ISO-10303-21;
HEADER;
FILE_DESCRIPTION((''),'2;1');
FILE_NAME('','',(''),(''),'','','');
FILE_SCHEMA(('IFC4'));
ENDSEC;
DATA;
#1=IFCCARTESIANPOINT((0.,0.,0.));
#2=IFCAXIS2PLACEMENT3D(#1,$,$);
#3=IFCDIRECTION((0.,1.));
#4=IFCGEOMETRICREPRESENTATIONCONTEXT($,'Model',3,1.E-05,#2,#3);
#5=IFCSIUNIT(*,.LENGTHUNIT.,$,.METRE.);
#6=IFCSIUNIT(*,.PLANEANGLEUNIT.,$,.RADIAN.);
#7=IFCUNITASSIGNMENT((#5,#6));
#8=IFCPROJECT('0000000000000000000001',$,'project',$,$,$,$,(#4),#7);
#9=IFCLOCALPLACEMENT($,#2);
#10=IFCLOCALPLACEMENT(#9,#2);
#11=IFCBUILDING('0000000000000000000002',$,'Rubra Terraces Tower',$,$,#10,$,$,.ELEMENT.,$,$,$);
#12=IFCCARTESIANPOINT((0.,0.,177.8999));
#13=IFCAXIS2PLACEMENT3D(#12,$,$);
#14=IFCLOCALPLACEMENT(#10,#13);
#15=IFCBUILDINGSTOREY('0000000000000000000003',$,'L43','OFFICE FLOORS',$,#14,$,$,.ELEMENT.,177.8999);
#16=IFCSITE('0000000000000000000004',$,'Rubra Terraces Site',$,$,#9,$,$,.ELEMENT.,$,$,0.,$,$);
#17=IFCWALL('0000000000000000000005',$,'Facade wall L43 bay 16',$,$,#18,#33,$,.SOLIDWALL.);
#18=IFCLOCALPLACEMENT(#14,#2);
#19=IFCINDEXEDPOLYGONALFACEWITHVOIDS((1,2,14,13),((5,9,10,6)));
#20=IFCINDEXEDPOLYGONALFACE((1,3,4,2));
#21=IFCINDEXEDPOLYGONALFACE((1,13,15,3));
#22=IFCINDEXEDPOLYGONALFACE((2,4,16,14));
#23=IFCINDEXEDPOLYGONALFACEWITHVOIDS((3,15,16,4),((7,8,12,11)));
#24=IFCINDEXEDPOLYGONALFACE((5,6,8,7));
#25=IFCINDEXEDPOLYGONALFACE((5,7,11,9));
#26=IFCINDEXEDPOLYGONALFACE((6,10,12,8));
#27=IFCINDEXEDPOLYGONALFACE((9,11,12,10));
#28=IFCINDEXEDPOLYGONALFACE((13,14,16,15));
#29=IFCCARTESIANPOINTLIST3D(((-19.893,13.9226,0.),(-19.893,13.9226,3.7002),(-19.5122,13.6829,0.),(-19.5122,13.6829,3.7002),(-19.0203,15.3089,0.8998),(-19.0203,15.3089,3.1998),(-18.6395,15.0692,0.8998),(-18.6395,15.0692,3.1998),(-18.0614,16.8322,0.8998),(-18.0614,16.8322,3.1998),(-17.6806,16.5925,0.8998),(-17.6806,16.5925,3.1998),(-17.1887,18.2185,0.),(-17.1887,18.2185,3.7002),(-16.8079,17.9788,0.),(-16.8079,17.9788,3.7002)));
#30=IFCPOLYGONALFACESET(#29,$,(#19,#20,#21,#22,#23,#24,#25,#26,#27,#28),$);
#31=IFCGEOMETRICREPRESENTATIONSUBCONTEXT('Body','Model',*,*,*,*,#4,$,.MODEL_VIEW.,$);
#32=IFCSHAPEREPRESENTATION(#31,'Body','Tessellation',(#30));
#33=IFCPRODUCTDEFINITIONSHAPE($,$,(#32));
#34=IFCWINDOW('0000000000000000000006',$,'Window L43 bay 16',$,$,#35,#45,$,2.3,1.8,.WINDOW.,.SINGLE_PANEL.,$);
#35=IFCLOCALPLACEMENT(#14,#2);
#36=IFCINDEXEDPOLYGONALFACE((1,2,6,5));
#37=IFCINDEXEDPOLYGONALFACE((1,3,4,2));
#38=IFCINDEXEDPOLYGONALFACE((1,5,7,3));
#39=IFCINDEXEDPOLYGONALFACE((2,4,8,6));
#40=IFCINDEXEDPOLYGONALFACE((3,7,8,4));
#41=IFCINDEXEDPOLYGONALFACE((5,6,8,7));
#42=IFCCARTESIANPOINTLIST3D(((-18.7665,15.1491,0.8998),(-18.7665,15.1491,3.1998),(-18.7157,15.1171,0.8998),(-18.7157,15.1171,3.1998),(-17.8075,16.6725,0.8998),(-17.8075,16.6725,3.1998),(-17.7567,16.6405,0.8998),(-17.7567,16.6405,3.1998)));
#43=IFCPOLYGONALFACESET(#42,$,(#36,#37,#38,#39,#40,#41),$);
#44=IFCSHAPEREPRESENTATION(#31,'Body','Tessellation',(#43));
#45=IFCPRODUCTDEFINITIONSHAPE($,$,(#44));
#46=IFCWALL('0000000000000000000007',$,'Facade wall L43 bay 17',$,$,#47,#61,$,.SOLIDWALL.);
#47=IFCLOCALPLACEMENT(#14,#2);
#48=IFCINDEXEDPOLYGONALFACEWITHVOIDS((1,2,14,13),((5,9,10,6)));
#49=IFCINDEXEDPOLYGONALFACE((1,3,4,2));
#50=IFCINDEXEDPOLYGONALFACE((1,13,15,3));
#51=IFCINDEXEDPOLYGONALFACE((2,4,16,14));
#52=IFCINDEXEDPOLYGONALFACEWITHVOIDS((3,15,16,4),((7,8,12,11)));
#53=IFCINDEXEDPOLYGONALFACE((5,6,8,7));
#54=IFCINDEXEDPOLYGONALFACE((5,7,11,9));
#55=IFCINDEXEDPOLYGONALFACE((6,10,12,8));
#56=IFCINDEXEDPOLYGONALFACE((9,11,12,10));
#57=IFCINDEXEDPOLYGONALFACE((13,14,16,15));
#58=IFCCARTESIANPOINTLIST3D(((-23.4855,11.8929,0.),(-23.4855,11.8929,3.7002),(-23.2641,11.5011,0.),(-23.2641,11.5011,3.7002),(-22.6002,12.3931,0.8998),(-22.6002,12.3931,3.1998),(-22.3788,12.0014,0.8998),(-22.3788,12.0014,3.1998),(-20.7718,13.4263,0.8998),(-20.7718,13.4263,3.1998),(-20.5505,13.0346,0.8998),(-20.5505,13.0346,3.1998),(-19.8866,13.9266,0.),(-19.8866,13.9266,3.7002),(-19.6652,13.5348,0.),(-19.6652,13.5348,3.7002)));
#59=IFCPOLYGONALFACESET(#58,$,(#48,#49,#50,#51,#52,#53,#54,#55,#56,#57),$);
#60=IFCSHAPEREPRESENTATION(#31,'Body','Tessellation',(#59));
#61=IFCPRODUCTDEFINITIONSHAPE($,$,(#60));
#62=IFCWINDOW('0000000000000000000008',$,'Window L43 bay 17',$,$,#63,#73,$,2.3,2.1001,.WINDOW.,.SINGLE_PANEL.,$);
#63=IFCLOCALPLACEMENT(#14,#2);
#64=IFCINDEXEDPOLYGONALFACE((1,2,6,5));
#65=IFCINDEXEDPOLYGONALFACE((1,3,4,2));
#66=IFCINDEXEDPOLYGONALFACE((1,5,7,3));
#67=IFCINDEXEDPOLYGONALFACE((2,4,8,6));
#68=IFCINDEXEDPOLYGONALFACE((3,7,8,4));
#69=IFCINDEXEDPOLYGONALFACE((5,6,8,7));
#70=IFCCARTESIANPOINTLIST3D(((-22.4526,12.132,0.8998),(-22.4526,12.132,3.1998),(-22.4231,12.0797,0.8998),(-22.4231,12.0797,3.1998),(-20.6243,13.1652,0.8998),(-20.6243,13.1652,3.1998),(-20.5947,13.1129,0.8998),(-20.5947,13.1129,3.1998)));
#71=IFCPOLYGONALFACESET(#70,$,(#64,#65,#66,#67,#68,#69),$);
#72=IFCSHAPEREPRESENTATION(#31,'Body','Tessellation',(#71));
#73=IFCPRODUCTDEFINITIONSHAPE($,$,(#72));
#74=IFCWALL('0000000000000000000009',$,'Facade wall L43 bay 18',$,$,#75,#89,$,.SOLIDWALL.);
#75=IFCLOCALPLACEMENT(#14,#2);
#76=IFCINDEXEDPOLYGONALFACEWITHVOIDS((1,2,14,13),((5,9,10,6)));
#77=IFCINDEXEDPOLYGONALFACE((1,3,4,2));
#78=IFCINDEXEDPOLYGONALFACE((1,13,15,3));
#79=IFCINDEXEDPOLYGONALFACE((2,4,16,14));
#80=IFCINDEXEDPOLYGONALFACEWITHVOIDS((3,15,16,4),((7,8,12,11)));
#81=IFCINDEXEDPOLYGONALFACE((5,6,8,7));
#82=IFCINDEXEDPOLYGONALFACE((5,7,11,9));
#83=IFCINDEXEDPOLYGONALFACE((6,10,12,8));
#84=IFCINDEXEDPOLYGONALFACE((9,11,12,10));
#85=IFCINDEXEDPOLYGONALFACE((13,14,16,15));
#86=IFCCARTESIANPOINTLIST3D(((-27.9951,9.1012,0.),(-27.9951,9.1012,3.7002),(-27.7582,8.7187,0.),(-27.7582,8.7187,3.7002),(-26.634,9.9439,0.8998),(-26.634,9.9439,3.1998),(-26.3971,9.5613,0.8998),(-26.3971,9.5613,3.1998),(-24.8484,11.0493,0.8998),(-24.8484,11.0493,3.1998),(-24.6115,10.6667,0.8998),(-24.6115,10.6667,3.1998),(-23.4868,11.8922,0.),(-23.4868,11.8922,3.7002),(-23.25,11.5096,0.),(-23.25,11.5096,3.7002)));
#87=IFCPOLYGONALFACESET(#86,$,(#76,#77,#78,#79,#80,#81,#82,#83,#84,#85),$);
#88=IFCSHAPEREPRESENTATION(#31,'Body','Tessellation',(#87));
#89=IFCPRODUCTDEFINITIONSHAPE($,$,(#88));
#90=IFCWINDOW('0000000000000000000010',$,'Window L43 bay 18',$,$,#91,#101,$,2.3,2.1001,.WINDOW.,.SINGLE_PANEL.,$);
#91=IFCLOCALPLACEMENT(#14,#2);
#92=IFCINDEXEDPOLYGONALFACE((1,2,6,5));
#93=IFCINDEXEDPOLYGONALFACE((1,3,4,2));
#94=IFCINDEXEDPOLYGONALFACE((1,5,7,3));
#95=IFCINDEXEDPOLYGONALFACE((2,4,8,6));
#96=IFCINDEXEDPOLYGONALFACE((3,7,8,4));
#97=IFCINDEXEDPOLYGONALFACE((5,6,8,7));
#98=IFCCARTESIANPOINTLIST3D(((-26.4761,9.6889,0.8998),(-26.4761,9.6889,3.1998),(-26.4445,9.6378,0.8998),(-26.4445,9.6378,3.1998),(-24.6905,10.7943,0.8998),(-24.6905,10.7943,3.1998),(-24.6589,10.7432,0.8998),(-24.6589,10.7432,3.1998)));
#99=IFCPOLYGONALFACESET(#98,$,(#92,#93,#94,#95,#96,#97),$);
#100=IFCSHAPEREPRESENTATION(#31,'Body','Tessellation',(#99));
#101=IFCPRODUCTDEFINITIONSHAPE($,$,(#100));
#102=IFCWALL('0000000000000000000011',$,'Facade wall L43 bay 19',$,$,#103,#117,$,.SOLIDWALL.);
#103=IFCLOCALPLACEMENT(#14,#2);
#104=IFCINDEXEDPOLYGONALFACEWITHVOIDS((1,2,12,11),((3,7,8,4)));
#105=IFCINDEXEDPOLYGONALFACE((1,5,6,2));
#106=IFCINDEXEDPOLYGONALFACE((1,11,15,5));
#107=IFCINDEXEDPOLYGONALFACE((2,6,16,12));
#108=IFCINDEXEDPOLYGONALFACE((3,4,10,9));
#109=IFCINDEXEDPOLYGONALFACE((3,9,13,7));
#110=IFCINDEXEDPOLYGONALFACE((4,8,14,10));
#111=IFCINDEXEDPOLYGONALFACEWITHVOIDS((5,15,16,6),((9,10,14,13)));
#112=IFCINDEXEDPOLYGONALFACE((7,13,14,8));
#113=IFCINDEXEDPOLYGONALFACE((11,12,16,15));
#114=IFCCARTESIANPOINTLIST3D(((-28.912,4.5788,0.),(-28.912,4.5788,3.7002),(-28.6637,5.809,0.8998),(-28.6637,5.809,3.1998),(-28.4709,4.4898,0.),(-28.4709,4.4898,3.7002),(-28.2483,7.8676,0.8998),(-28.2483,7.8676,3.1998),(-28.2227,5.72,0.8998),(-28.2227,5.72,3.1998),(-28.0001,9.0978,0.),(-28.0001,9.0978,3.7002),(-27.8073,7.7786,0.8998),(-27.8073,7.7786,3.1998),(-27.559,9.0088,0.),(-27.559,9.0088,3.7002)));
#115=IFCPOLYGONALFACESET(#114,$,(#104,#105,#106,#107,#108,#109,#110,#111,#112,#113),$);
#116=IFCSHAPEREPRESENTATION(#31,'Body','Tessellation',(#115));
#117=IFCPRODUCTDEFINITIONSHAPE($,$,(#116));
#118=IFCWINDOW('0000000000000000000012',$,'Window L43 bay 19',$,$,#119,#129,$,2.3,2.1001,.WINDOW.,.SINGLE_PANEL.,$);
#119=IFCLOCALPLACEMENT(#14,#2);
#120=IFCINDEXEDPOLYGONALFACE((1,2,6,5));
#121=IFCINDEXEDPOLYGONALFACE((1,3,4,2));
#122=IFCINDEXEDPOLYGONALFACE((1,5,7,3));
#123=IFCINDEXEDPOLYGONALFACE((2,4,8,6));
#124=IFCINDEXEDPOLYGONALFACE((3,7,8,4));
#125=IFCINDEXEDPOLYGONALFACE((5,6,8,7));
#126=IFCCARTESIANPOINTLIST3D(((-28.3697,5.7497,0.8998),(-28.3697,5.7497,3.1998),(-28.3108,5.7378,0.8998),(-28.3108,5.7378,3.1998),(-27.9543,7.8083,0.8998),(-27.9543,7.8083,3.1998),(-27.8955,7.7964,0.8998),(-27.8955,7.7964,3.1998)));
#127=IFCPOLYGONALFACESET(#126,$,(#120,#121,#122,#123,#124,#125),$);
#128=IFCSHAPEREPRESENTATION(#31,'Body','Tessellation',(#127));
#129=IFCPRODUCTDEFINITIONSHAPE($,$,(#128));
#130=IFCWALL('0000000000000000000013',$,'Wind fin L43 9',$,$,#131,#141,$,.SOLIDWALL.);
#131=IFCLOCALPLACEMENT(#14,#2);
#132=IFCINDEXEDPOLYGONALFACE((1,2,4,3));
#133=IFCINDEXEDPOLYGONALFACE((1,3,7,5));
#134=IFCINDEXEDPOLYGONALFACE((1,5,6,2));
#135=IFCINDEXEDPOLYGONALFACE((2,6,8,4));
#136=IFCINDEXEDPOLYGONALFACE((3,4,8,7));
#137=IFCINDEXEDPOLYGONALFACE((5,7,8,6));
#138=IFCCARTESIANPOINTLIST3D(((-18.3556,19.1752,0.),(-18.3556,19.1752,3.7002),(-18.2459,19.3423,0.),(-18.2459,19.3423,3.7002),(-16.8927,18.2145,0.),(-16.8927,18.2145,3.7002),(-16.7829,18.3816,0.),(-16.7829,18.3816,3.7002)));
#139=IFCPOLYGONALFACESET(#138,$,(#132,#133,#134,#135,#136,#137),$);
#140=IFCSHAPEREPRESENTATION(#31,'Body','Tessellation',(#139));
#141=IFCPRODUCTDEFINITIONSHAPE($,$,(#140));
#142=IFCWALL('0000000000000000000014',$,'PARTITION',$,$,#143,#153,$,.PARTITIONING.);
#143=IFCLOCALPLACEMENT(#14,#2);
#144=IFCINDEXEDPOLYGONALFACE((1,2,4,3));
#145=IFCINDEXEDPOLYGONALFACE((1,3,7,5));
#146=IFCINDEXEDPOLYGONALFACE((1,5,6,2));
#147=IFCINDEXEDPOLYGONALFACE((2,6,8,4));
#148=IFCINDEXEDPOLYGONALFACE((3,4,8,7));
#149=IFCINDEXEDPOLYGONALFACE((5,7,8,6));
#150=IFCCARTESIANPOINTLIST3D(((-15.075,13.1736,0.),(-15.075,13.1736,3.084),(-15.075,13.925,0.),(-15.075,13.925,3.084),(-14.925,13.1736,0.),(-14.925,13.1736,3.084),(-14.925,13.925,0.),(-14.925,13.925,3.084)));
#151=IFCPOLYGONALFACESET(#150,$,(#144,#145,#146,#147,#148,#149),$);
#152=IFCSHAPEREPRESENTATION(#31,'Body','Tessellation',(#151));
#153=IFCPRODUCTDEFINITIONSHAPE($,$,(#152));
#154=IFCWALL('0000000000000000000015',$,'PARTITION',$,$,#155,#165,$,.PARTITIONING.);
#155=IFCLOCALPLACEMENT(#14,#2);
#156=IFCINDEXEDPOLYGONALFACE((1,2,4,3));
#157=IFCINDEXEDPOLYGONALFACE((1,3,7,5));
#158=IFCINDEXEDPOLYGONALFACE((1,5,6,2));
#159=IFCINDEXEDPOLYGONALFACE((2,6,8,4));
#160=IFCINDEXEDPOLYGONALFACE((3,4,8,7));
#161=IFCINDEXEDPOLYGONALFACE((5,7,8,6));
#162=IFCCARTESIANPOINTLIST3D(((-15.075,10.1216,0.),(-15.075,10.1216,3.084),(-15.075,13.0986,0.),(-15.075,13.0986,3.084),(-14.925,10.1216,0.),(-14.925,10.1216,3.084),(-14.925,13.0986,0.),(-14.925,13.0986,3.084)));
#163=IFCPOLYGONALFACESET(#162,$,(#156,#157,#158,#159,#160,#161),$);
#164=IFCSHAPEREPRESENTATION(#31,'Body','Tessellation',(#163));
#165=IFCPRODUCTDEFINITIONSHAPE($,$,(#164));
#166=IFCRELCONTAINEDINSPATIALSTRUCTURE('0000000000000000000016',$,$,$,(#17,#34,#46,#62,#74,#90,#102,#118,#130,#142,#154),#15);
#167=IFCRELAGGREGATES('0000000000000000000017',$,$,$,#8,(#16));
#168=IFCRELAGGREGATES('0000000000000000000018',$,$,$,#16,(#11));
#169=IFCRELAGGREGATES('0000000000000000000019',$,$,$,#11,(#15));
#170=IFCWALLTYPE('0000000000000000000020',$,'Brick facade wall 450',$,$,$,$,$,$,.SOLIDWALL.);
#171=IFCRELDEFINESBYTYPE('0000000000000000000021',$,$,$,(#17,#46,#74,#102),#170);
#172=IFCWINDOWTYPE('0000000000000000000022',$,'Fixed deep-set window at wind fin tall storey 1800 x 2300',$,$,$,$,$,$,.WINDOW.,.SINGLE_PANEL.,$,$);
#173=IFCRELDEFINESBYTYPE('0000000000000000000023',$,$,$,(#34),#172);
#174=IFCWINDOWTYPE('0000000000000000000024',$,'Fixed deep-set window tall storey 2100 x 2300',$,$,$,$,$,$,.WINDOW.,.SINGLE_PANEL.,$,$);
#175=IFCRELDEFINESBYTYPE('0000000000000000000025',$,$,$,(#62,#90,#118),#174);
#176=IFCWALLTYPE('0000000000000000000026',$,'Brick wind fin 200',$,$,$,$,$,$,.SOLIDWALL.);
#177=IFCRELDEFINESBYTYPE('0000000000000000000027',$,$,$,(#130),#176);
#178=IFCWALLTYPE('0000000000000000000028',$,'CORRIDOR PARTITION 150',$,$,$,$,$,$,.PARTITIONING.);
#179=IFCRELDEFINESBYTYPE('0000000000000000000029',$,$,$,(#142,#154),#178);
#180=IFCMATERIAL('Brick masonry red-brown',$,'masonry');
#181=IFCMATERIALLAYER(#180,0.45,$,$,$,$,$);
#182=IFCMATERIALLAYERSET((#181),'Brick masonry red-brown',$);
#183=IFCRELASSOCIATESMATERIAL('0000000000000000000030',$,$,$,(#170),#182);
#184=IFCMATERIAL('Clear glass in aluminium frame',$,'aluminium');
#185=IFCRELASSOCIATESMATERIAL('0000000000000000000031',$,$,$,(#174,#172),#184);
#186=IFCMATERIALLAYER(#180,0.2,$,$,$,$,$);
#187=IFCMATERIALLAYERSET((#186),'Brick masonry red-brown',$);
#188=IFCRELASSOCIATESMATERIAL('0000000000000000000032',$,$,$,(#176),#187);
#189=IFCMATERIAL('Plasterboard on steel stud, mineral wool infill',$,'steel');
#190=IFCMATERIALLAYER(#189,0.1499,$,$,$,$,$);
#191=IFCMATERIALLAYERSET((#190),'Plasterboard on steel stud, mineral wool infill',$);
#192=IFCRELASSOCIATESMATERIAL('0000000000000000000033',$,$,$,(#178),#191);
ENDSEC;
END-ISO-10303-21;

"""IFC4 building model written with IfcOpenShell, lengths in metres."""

from ifc_helpers import new_model, si_unit, direction, frame, frame_2d, origin, place, context, subcontext, project, spatial, rectangle, extrude, material, layer, layer_set, type_object, element, fill, save


model = new_model("IFC4")

# Units and contexts
model_context = context("Model", 3, precision=1e-05, world=origin(), true_north=direction((0.0, 1.0)))
body_context = subcontext(model_context, "Body", "Model", "MODEL_VIEW")
ifc_project = project(units=[si_unit("LENGTHUNIT", "METRE"), si_unit("PLANEANGLEUNIT", "RADIAN")], contexts=[model_context])

# Site, building, storey
site_placement = place(None, origin())
site = spatial("IfcSite", under=ifc_project, at=site_placement, Name="Rubra Terraces Site", CompositionType="ELEMENT", RefElevation=0.0)
building_placement = place(site_placement, origin())
building = spatial("IfcBuilding", under=site, at=building_placement, Name="Rubra Terraces Tower", CompositionType="ELEMENT")
storey_placement = place(building_placement, frame((0.0, 0.0, 177.8999)))
storey = spatial("IfcBuildingStorey", under=building, at=storey_placement, Name="L43", Description="OFFICE FLOORS", CompositionType="ELEMENT", Elevation=177.8999)

# Walls, openings, windows
ifc_material_1 = material(Name="Brick masonry red-brown", Category="masonry")
ifc_layer_1 = layer(ifc_material_1, 0.45)
ifc_layer_set_1 = layer_set([ifc_layer_1], Name="Brick masonry red-brown")
wall_type_1 = type_object("IfcWallType", Name="Brick facade wall 450", PredefinedType="SOLIDWALL", material=ifc_layer_set_1)
ifc_material_2 = material(Name="Clear glass in aluminium frame", Category="aluminium")
window_type_1 = type_object("IfcWindowType", Name="Fixed deep-set window tall storey 2100 x 2300", PartitioningType="SINGLE_PANEL", PredefinedType="WINDOW", material=ifc_material_2)
wall_1_placement = place(storey_placement, frame((-16.9983, 18.0986, 0.0), z_axis=(0.0, 0.0, 1.0), x_axis=(-0.532746, -0.846275, 0.0)))
wall_1 = element("IfcWall", 1, at=wall_1_placement, inside=storey, type_object=wall_type_1, Name="Facade wall L43 bay 16", PredefinedType="SOLIDWALL", context=body_context, shape_type="SweptSolid", body=[
    extrude(rectangle(XDim=5.0762, YDim=0.45, at=frame_2d((2.5381, 0.0))), origin(), (0.0, 0.0, 1.0), 3.7002),
])
opening_1_placement = place(wall_1_placement, frame((1.6382, 0.0, 0.8999)))
opening_1 = element("IfcOpeningElement", 2, at=opening_1_placement, cuts=wall_1, PredefinedType="OPENING", context=body_context, shape_type="SweptSolid", body=[
    extrude(rectangle(XDim=1.8, YDim=2.3, at=frame_2d((0.8999, 1.1499))), frame((0.0, 0.2349, 0.0), z_axis=(0.0, -1.0, 0.0), x_axis=(1.0, 0.0, 0.0)), (0.0, 0.0, 1.0), 0.47),
])
window_type_2 = type_object("IfcWindowType", Name="Fixed deep-set window at wind fin tall storey 1800 x 2300", PartitioningType="SINGLE_PANEL", PredefinedType="WINDOW", material=ifc_material_2)
window_1_placement = place(opening_1_placement, origin())
window_1 = element("IfcWindow", 3, at=window_1_placement, inside=storey, type_object=window_type_2, Name="Window L43 bay 16", OverallHeight=2.3, OverallWidth=1.8, PartitioningType="SINGLE_PANEL", PredefinedType="WINDOW", context=body_context, shape_type="SweptSolid", body=[
    extrude(rectangle(XDim=1.8, YDim=2.3, at=frame_2d((0.8999, 1.1499))), frame((0.0, 0.135, 0.0), z_axis=(0.0, -1.0, 0.0), x_axis=(1.0, 0.0, 0.0)), (0.0, 0.0, 1.0), 0.0601),
])
fill(opening_1, window_1)
wall_2_placement = place(storey_placement, frame((-19.7759, 13.7307, 0.0), z_axis=(0.0, 0.0, 1.0), x_axis=(-0.87061, -0.491974, 0.0)))
wall_2 = element("IfcWall", 4, at=wall_2_placement, inside=storey, type_object=wall_type_1, Name="Facade wall L43 bay 17", PredefinedType="SOLIDWALL", context=body_context, shape_type="SweptSolid", body=[
    extrude(rectangle(XDim=4.1338, YDim=0.45, at=frame_2d((2.0669, 0.0))), origin(), (0.0, 0.0, 1.0), 3.7002),
])
opening_2_placement = place(wall_2_placement, frame((1.0168, 0.0, 0.8999)))
opening_2 = element("IfcOpeningElement", 5, at=opening_2_placement, cuts=wall_2, PredefinedType="OPENING", context=body_context, shape_type="SweptSolid", body=[
    extrude(rectangle(XDim=2.1001, YDim=2.3, at=frame_2d((1.05, 1.1499))), frame((0.0, 0.2349, 0.0), z_axis=(0.0, -1.0, 0.0), x_axis=(1.0, 0.0, 0.0)), (0.0, 0.0, 1.0), 0.47),
])
window_2_placement = place(opening_2_placement, origin())
window_2 = element("IfcWindow", 6, at=window_2_placement, inside=storey, type_object=window_type_1, Name="Window L43 bay 17", OverallHeight=2.3, OverallWidth=2.1001, PartitioningType="SINGLE_PANEL", PredefinedType="WINDOW", context=body_context, shape_type="SweptSolid", body=[
    extrude(rectangle(XDim=2.1001, YDim=2.3, at=frame_2d((1.05, 1.1499))), frame((0.0, 0.135, 0.0), z_axis=(0.0, -1.0, 0.0), x_axis=(1.0, 0.0, 0.0)), (0.0, 0.0, 1.0), 0.0601),
])
fill(opening_2, window_2)
wall_3_placement = place(storey_placement, frame((-23.3684, 11.7009, 0.0), z_axis=(0.0, 0.0, 1.0), x_axis=(-0.850251, -0.526377, 0.0)))
wall_3 = element("IfcWall", 7, at=wall_3_placement, inside=storey, type_object=wall_type_1, Name="Facade wall L43 bay 18", PredefinedType="SOLIDWALL", context=body_context, shape_type="SweptSolid", body=[
    extrude(rectangle(XDim=5.3022, YDim=0.45, at=frame_2d((2.6511, 0.0))), origin(), (0.0, 0.0, 1.0), 3.7002),
])
opening_3_placement = place(wall_3_placement, frame((1.6013, 0.0, 0.8999)))
opening_3 = element("IfcOpeningElement", 8, at=opening_3_placement, cuts=wall_3, PredefinedType="OPENING", context=body_context, shape_type="SweptSolid", body=[
    extrude(rectangle(XDim=2.1001, YDim=2.3, at=frame_2d((1.05, 1.1499))), frame((0.0, 0.2349, 0.0), z_axis=(0.0, -1.0, 0.0), x_axis=(1.0, 0.0, 0.0)), (0.0, 0.0, 1.0), 0.47),
])
window_3_placement = place(opening_3_placement, origin())
window_3 = element("IfcWindow", 9, at=window_3_placement, inside=storey, type_object=window_type_1, Name="Window L43 bay 18", OverallHeight=2.3, OverallWidth=2.1001, PartitioningType="SINGLE_PANEL", PredefinedType="WINDOW", context=body_context, shape_type="SweptSolid", body=[
    extrude(rectangle(XDim=2.1001, YDim=2.3, at=frame_2d((1.05, 1.1499))), frame((0.0, 0.135, 0.0), z_axis=(0.0, -1.0, 0.0), x_axis=(1.0, 0.0, 0.0)), (0.0, 0.0, 1.0), 0.0601),
])
fill(opening_3, window_3)
wall_4_placement = place(storey_placement, frame((-27.7795, 9.0535, 0.0), z_axis=(0.0, 0.0, 1.0), x_axis=(-0.197796, -0.980243, 0.0)))
wall_4 = element("IfcWall", 10, at=wall_4_placement, inside=storey, type_object=wall_type_1, Name="Facade wall L43 bay 19", PredefinedType="SOLIDWALL", context=body_context, shape_type="SweptSolid", body=[
    extrude(rectangle(XDim=4.6101, YDim=0.45, at=frame_2d((2.3052, 0.0))), origin(), (0.0, 0.0, 1.0), 3.7002),
])
opening_4_placement = place(wall_4_placement, frame((1.2551, 0.0, 0.8999)))
opening_4 = element("IfcOpeningElement", 11, at=opening_4_placement, cuts=wall_4, PredefinedType="OPENING", context=body_context, shape_type="SweptSolid", body=[
    extrude(rectangle(XDim=2.1001, YDim=2.3, at=frame_2d((1.05, 1.1499))), frame((0.0, 0.2349, 0.0), z_axis=(0.0, -1.0, 0.0), x_axis=(1.0, 0.0, 0.0)), (0.0, 0.0, 1.0), 0.47),
])
window_4_placement = place(opening_4_placement, origin())
window_4 = element("IfcWindow", 12, at=window_4_placement, inside=storey, type_object=window_type_1, Name="Window L43 bay 19", OverallHeight=2.3, OverallWidth=2.1001, PartitioningType="SINGLE_PANEL", PredefinedType="WINDOW", context=body_context, shape_type="SweptSolid", body=[
    extrude(rectangle(XDim=2.1001, YDim=2.3, at=frame_2d((1.05, 1.1499))), frame((0.0, 0.135, 0.0), z_axis=(0.0, -1.0, 0.0), x_axis=(1.0, 0.0, 0.0)), (0.0, 0.0, 1.0), 0.0601),
])
fill(opening_4, window_4)

# Walls
ifc_layer_2 = layer(ifc_material_1, 0.2)
ifc_layer_set_2 = layer_set([ifc_layer_2], Name="Brick masonry red-brown")
wall_type_2 = type_object("IfcWallType", Name="Brick wind fin 200", PredefinedType="SOLIDWALL", material=ifc_layer_set_2)
wall_5_placement = place(storey_placement, frame((-16.8379, 18.2981, 0.0), z_axis=(0.0, 0.0, 1.0), x_axis=(-0.835872, 0.548925, 0.0)))
element("IfcWall", 13, at=wall_5_placement, inside=storey, type_object=wall_type_2, Name="Wind fin L43 9", PredefinedType="SOLIDWALL", context=body_context, shape_type="SweptSolid", body=[
    extrude(rectangle(XDim=1.7502, YDim=0.2, at=frame_2d((0.875, 0.0))), origin(), (0.0, 0.0, 1.0), 3.7002),
])
ifc_material_3 = material(Name="Plasterboard on steel stud, mineral wool infill", Category="steel")
ifc_layer_3 = layer(ifc_material_3, 0.1499)
ifc_layer_set_3 = layer_set([ifc_layer_3], Name="Plasterboard on steel stud, mineral wool infill")
wall_type_3 = type_object("IfcWallType", Name="CORRIDOR PARTITION 150", PredefinedType="PARTITIONING", material=ifc_layer_set_3)
wall_6_placement = place(storey_placement, frame((-15.0, 13.925, 0.0), z_axis=(0.0, 0.0, 1.0), x_axis=(0.0, -1.0, 0.0)))
element("IfcWall", 14, at=wall_6_placement, inside=storey, type_object=wall_type_3, Name="PARTITION", PredefinedType="PARTITIONING", context=body_context, shape_type="SweptSolid", body=[
    extrude(rectangle(XDim=0.7515, YDim=0.1499, at=frame_2d((0.3757, 0.0))), origin(), (0.0, 0.0, 1.0), 3.084),
])
wall_7_placement = place(storey_placement, frame((-15.0, 13.0986, 0.0), z_axis=(0.0, 0.0, 1.0), x_axis=(0.0, -1.0, 0.0)))
element("IfcWall", 15, at=wall_7_placement, inside=storey, type_object=wall_type_3, Name="PARTITION", PredefinedType="PARTITIONING", context=body_context, shape_type="SweptSolid", body=[
    extrude(rectangle(XDim=2.9771, YDim=0.1499, at=frame_2d((1.4885, 0.0))), origin(), (0.0, 0.0, 1.0), 3.084),
])

save(model, "model.ifc")
